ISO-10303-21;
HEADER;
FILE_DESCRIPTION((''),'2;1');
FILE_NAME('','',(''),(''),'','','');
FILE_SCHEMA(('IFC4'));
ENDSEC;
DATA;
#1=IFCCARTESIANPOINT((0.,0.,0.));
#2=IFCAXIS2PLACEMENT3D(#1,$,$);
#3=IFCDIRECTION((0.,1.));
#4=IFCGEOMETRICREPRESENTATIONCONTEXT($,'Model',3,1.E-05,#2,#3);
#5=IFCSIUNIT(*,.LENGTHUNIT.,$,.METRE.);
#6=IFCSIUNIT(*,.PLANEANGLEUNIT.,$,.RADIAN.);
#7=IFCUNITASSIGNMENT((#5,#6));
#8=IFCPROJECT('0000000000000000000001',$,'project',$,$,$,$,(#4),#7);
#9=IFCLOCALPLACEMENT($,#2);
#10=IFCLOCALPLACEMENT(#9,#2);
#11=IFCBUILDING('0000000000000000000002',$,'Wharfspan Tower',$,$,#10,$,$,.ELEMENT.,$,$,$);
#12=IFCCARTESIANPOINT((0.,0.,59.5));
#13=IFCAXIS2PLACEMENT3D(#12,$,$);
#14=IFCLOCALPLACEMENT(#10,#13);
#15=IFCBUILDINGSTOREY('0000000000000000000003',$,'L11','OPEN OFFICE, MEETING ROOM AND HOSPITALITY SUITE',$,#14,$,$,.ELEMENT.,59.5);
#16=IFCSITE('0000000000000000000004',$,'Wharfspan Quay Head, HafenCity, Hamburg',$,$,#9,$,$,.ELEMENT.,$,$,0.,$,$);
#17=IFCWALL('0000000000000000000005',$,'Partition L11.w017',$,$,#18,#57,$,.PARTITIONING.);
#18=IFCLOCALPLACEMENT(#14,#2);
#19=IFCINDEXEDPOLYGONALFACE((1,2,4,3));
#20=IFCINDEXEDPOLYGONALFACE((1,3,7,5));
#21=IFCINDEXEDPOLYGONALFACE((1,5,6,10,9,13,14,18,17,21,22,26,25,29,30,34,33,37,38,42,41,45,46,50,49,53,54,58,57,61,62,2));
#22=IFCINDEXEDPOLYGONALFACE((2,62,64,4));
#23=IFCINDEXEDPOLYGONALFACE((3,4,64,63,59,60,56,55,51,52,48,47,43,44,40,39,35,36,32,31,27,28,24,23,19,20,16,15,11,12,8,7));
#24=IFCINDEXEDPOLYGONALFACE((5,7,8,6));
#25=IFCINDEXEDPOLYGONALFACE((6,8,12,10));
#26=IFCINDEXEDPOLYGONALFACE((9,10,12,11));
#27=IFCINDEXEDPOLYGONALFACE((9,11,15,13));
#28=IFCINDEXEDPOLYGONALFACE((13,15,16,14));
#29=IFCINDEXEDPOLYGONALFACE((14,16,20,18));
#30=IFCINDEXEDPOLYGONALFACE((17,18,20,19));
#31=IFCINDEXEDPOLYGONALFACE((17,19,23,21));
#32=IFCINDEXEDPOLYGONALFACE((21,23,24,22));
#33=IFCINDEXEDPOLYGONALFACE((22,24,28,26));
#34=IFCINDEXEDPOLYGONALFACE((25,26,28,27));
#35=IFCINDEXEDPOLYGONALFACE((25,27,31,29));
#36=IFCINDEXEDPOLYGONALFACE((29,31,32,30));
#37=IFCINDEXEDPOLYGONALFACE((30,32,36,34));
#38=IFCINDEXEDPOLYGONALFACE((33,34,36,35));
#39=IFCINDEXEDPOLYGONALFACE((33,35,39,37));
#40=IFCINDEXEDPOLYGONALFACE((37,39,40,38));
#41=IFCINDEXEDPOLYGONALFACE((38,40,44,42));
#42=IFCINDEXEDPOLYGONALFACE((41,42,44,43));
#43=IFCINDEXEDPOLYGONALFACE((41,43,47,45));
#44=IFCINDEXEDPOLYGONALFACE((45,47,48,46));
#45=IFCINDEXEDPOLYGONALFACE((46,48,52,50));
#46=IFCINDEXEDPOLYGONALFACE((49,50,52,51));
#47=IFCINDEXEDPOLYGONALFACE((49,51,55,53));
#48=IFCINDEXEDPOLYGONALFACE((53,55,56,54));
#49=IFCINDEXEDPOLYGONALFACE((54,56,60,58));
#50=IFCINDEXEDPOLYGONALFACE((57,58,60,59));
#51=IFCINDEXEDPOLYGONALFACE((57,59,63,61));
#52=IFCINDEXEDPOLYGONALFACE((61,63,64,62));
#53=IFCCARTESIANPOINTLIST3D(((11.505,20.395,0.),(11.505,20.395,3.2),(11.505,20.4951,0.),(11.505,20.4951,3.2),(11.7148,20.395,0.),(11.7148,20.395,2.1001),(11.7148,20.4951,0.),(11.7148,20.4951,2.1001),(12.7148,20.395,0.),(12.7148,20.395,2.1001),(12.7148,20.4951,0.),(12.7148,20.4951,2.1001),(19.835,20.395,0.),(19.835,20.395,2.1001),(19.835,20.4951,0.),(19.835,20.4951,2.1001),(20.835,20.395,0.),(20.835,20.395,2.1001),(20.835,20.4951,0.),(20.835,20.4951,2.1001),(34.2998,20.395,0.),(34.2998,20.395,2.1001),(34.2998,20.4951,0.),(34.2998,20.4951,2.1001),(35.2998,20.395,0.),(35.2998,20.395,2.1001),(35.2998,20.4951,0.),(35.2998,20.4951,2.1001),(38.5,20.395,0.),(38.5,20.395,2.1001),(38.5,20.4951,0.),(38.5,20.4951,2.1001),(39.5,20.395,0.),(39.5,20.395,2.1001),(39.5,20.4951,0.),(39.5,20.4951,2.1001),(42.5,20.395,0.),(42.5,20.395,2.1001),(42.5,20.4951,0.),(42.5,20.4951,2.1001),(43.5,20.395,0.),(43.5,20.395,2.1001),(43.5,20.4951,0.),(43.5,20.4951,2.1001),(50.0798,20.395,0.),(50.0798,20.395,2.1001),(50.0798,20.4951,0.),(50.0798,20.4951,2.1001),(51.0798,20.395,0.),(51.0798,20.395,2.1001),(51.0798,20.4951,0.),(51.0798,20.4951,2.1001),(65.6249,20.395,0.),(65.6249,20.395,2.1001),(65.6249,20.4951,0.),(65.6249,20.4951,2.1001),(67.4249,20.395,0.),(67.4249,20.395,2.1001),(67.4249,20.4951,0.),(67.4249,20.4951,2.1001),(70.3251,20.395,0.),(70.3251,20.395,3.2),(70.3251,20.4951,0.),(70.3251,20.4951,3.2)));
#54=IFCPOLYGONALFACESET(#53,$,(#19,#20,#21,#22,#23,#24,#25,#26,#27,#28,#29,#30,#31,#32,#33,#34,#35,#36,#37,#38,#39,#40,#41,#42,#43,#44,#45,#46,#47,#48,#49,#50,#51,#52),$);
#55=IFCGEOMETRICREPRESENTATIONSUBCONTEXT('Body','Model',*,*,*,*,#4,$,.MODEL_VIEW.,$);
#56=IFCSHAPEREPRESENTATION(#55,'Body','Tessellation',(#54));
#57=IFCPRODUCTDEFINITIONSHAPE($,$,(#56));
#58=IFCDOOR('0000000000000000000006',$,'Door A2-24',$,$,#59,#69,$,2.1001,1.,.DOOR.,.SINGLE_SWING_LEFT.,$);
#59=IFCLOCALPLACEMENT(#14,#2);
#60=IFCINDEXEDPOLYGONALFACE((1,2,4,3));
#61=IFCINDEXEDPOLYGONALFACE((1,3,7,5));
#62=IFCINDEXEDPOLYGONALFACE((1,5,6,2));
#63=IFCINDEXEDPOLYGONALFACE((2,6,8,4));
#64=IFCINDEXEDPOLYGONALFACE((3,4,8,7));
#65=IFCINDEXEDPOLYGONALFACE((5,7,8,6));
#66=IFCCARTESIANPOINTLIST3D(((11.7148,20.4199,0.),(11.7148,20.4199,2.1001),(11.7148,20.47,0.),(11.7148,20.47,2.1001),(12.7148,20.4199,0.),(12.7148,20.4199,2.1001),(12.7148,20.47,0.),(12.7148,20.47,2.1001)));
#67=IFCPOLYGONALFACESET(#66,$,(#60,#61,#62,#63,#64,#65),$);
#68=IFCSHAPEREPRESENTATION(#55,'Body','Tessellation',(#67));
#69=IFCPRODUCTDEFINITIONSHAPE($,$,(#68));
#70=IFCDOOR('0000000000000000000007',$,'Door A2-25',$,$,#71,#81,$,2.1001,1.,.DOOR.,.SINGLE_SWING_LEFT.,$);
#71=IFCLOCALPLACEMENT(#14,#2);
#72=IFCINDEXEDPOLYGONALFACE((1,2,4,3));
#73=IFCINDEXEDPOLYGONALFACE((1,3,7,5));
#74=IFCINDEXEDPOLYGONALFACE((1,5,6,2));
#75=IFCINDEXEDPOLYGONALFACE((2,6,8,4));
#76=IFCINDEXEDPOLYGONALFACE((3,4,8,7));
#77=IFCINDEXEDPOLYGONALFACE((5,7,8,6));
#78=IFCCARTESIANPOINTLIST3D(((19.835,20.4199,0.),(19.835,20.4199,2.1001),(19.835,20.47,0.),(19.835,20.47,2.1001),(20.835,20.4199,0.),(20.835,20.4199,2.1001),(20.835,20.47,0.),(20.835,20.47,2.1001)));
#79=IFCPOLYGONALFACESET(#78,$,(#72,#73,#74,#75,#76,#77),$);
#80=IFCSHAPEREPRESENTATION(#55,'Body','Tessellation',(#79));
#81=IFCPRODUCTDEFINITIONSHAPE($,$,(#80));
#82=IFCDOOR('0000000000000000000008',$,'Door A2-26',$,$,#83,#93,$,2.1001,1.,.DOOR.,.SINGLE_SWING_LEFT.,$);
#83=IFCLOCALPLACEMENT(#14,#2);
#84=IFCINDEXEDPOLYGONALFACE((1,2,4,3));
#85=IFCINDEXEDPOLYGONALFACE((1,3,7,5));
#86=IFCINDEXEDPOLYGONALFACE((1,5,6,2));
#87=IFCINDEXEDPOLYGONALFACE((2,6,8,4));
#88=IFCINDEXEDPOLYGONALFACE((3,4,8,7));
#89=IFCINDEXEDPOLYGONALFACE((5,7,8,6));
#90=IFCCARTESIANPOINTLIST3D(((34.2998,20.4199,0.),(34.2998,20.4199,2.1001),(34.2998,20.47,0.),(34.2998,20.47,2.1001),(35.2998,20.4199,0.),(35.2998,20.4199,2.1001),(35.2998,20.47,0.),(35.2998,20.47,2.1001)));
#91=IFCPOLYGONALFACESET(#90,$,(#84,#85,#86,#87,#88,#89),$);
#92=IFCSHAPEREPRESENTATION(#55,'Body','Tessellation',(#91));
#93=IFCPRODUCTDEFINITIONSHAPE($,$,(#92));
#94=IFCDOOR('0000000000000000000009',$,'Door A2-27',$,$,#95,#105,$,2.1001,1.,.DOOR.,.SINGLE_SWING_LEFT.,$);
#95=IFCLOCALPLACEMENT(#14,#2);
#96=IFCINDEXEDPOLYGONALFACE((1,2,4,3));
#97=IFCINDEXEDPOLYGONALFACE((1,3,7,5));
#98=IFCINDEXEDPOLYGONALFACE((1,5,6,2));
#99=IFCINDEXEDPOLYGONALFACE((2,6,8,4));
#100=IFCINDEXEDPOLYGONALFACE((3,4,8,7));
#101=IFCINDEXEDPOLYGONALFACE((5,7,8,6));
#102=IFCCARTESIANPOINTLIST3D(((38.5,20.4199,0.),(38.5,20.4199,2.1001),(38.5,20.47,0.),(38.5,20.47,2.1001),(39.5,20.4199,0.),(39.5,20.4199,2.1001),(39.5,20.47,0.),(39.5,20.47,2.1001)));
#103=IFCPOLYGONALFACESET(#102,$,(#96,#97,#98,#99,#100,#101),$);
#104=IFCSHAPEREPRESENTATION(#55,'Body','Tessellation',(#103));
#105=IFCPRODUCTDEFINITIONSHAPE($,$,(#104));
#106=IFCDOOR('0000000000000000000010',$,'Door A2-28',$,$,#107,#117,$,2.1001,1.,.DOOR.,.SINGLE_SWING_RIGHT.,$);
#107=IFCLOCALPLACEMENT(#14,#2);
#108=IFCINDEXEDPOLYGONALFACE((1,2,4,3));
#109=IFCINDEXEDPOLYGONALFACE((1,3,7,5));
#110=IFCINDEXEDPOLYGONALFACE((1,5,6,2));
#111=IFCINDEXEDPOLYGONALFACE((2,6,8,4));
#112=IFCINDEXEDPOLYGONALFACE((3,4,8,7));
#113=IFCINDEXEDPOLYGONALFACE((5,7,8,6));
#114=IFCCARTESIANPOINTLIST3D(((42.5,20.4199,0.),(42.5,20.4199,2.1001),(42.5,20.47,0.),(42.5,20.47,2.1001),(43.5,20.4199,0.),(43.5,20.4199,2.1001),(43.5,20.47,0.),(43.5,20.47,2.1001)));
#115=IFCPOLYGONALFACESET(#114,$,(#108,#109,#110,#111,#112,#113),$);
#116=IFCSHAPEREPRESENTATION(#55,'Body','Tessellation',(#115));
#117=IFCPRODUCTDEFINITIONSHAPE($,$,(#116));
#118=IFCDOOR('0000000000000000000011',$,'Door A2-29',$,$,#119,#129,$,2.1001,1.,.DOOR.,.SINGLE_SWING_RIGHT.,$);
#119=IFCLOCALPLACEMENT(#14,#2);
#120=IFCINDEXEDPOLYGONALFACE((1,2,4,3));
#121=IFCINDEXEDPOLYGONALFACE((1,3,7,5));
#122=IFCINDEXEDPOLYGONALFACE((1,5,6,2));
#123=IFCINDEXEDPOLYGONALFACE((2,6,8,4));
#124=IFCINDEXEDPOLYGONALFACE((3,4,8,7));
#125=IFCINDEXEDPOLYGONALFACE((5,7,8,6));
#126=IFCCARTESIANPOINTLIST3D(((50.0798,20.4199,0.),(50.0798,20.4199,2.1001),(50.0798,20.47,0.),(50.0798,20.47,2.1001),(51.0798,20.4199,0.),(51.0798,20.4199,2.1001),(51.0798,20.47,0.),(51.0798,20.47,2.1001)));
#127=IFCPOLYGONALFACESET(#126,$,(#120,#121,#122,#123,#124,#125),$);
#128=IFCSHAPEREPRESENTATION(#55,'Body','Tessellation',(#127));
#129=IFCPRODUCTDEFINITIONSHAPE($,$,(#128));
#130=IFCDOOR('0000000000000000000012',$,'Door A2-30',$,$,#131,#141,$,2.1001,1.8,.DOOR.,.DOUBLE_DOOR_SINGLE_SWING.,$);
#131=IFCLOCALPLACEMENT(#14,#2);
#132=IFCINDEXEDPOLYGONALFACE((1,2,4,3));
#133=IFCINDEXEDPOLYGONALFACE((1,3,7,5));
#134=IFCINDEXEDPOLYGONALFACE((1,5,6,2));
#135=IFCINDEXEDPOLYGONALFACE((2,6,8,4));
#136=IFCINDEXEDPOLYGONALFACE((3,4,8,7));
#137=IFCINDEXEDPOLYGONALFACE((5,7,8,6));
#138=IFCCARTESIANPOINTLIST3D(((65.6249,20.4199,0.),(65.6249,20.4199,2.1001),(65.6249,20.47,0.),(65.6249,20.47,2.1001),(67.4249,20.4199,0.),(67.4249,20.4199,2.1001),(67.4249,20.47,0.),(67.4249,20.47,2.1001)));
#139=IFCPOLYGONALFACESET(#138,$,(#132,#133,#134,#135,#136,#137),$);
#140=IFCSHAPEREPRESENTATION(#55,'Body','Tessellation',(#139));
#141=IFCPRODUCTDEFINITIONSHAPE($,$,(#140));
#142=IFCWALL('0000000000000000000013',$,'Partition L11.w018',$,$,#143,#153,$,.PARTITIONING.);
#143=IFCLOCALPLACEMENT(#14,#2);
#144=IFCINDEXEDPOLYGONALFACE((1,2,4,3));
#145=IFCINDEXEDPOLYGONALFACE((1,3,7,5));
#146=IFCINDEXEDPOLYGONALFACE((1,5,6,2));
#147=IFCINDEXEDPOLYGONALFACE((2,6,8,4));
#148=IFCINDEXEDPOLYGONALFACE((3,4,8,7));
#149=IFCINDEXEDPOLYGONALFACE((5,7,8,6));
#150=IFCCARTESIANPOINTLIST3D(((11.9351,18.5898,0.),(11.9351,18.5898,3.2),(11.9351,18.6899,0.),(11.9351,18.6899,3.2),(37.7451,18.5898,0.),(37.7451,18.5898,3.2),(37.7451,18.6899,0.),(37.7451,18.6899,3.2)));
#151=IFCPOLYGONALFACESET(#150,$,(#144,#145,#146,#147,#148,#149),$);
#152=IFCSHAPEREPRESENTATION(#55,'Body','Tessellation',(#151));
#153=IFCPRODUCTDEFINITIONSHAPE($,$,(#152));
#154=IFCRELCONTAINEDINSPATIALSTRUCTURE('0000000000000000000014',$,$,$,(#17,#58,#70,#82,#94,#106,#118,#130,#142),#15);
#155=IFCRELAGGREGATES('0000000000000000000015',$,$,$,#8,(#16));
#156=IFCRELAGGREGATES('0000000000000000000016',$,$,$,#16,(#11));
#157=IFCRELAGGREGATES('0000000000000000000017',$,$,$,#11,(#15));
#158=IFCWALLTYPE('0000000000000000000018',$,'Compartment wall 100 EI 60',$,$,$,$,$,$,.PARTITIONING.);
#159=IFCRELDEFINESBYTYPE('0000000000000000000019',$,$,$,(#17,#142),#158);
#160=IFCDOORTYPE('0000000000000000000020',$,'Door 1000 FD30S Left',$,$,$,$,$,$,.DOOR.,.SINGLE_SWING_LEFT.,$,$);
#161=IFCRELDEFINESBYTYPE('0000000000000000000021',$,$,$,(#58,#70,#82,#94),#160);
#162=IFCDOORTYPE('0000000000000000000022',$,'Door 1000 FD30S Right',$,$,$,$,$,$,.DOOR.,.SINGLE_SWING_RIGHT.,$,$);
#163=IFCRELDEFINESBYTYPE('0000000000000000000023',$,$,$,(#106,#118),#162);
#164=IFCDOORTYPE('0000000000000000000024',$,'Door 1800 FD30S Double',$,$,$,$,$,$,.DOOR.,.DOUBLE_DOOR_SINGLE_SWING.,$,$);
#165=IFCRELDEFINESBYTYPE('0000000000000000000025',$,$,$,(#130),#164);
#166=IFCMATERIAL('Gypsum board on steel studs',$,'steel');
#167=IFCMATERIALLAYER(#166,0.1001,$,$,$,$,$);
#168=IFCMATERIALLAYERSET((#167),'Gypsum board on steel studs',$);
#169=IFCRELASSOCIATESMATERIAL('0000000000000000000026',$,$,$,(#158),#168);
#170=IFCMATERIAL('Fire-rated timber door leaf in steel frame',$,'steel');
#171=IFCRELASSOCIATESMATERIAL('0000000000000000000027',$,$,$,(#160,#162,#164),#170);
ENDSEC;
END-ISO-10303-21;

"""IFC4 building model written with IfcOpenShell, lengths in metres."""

from ifc_helpers import new_model, si_unit, direction, frame, frame_2d, origin, place, context, subcontext, project, spatial, rectangle, extrude, material, layer, layer_set, type_object, element, fill, save


model = new_model("IFC4")

# Units and contexts
model_context = context("Model", 3, precision=1e-05, world=origin(), true_north=direction((0.0, 1.0)))
body_context = subcontext(model_context, "Body", "Model", "MODEL_VIEW")
ifc_project = project(units=[si_unit("LENGTHUNIT", "METRE"), si_unit("PLANEANGLEUNIT", "RADIAN")], contexts=[model_context])

# Site, building, storey
site_placement = place(None, origin())
site = spatial("IfcSite", under=ifc_project, at=site_placement, Name="Wharfspan Quay Head, HafenCity, Hamburg", CompositionType="ELEMENT", RefElevation=0.0)
building_placement = place(site_placement, origin())
building = spatial("IfcBuilding", under=site, at=building_placement, Name="Wharfspan Tower", CompositionType="ELEMENT")
storey_placement = place(building_placement, frame((0.0, 0.0, 59.5)))
storey = spatial("IfcBuildingStorey", under=building, at=storey_placement, Name="L11", Description="OPEN OFFICE, MEETING ROOM AND HOSPITALITY SUITE", CompositionType="ELEMENT", Elevation=59.5)

# Shared definitions
ifc_material_1 = material(Name="Gypsum board on steel studs", Category="steel")
ifc_layer = layer(ifc_material_1, 0.1001)
ifc_layer_set = layer_set([ifc_layer], Name="Gypsum board on steel studs")
wall_type = type_object("IfcWallType", Name="Compartment wall 100 EI 60", PredefinedType="PARTITIONING", material=ifc_layer_set)

# Wall, openings, doors
wall_1_placement = place(storey_placement, frame((11.5049, 20.4451, 0.0), z_axis=(0.0, 0.0, 1.0), x_axis=(1.0, 0.0, 0.0)))
wall_1 = element("IfcWall", 1, at=wall_1_placement, inside=storey, type_object=wall_type, Name="Partition L11.w017", PredefinedType="PARTITIONING", context=body_context, shape_type="SweptSolid", body=[
    extrude(rectangle(XDim=58.8201, YDim=0.1001, at=frame_2d((29.4102, 0.0))), origin(), (0.0, 0.0, 1.0), 3.2),
])
opening_1_placement = place(wall_1_placement, frame((0.21, 0.0, 0.0)))
opening_1 = element("IfcOpeningElement", 2, at=opening_1_placement, cuts=wall_1, PredefinedType="OPENING", context=body_context, shape_type="SweptSolid", body=[
    extrude(rectangle(XDim=1.0, YDim=2.1001, at=frame_2d((0.5, 1.05))), frame((0.0, 0.0601, 0.0), z_axis=(0.0, -1.0, 0.0), x_axis=(1.0, 0.0, 0.0)), (0.0, 0.0, 1.0), 0.1201),
])
opening_2_placement = place(wall_1_placement, frame((8.3301, 0.0, 0.0)))
opening_2 = element("IfcOpeningElement", 3, at=opening_2_placement, cuts=wall_1, PredefinedType="OPENING", context=body_context, shape_type="SweptSolid", body=[
    extrude(rectangle(XDim=1.0, YDim=2.1001, at=frame_2d((0.5, 1.05))), frame((0.0, 0.0601, 0.0), z_axis=(0.0, -1.0, 0.0), x_axis=(1.0, 0.0, 0.0)), (0.0, 0.0, 1.0), 0.1201),
])
opening_3_placement = place(wall_1_placement, frame((22.7949, 0.0, 0.0)))
opening_3 = element("IfcOpeningElement", 4, at=opening_3_placement, cuts=wall_1, PredefinedType="OPENING", context=body_context, shape_type="SweptSolid", body=[
    extrude(rectangle(XDim=1.0, YDim=2.1001, at=frame_2d((0.5, 1.05))), frame((0.0, 0.0601, 0.0), z_axis=(0.0, -1.0, 0.0), x_axis=(1.0, 0.0, 0.0)), (0.0, 0.0, 1.0), 0.1201),
])
opening_4_placement = place(wall_1_placement, frame((26.9951, 0.0, 0.0)))
opening_4 = element("IfcOpeningElement", 5, at=opening_4_placement, cuts=wall_1, PredefinedType="OPENING", context=body_context, shape_type="SweptSolid", body=[
    extrude(rectangle(XDim=1.0, YDim=2.1001, at=frame_2d((0.5, 1.05))), frame((0.0, 0.0601, 0.0), z_axis=(0.0, -1.0, 0.0), x_axis=(1.0, 0.0, 0.0)), (0.0, 0.0, 1.0), 0.1201),
])
opening_5_placement = place(wall_1_placement, frame((30.9951, 0.0, 0.0)))
opening_5 = element("IfcOpeningElement", 6, at=opening_5_placement, cuts=wall_1, PredefinedType="OPENING", context=body_context, shape_type="SweptSolid", body=[
    extrude(rectangle(XDim=1.0, YDim=2.1001, at=frame_2d((0.5, 1.05))), frame((0.0, 0.0601, 0.0), z_axis=(0.0, -1.0, 0.0), x_axis=(1.0, 0.0, 0.0)), (0.0, 0.0, 1.0), 0.1201),
])
opening_6_placement = place(wall_1_placement, frame((38.575, 0.0, 0.0)))
opening_6 = element("IfcOpeningElement", 7, at=opening_6_placement, cuts=wall_1, PredefinedType="OPENING", context=body_context, shape_type="SweptSolid", body=[
    extrude(rectangle(XDim=1.0, YDim=2.1001, at=frame_2d((0.5, 1.05))), frame((0.0, 0.0601, 0.0), z_axis=(0.0, -1.0, 0.0), x_axis=(1.0, 0.0, 0.0)), (0.0, 0.0, 1.0), 0.1201),
])
opening_7_placement = place(wall_1_placement, frame((54.1201, 0.0, 0.0)))
opening_7 = element("IfcOpeningElement", 8, at=opening_7_placement, cuts=wall_1, PredefinedType="OPENING", context=body_context, shape_type="SweptSolid", body=[
    extrude(rectangle(XDim=1.8, YDim=2.1001, at=frame_2d((0.8999, 1.05))), frame((0.0, 0.0601, 0.0), z_axis=(0.0, -1.0, 0.0), x_axis=(1.0, 0.0, 0.0)), (0.0, 0.0, 1.0), 0.1201),
])
ifc_material_2 = material(Name="Fire-rated timber door leaf in steel frame", Category="steel")
door_type_1 = type_object("IfcDoorType", Name="Door 1000 FD30S Left", OperationType="SINGLE_SWING_LEFT", PredefinedType="DOOR", material=ifc_material_2)
door_1_placement = place(opening_1_placement, origin())
door_1 = element("IfcDoor", 9, at=door_1_placement, inside=storey, type_object=door_type_1, Name="Door A2-24", OperationType="SINGLE_SWING_LEFT", OverallHeight=2.1001, OverallWidth=1.0, PredefinedType="DOOR", context=body_context, shape_type="SweptSolid", body=[
    extrude(rectangle(XDim=1.0, YDim=2.1001, at=frame_2d((0.5, 1.05))), frame((0.0, 0.0249, 0.0), z_axis=(0.0, -1.0, 0.0), x_axis=(1.0, 0.0, 0.0)), (0.0, 0.0, 1.0), 0.05),
])
fill(opening_1, door_1)
door_2_placement = place(opening_2_placement, origin())
door_2 = element("IfcDoor", 10, at=door_2_placement, inside=storey, type_object=door_type_1, Name="Door A2-25", OperationType="SINGLE_SWING_LEFT", OverallHeight=2.1001, OverallWidth=1.0, PredefinedType="DOOR", context=body_context, shape_type="SweptSolid", body=[
    extrude(rectangle(XDim=1.0, YDim=2.1001, at=frame_2d((0.5, 1.05))), frame((0.0, 0.0249, 0.0), z_axis=(0.0, -1.0, 0.0), x_axis=(1.0, 0.0, 0.0)), (0.0, 0.0, 1.0), 0.05),
])
fill(opening_2, door_2)
door_3_placement = place(opening_3_placement, origin())
door_3 = element("IfcDoor", 11, at=door_3_placement, inside=storey, type_object=door_type_1, Name="Door A2-26", OperationType="SINGLE_SWING_LEFT", OverallHeight=2.1001, OverallWidth=1.0, PredefinedType="DOOR", context=body_context, shape_type="SweptSolid", body=[
    extrude(rectangle(XDim=1.0, YDim=2.1001, at=frame_2d((0.5, 1.05))), frame((0.0, 0.0249, 0.0), z_axis=(0.0, -1.0, 0.0), x_axis=(1.0, 0.0, 0.0)), (0.0, 0.0, 1.0), 0.05),
])
fill(opening_3, door_3)
door_4_placement = place(opening_4_placement, origin())
door_4 = element("IfcDoor", 12, at=door_4_placement, inside=storey, type_object=door_type_1, Name="Door A2-27", OperationType="SINGLE_SWING_LEFT", OverallHeight=2.1001, OverallWidth=1.0, PredefinedType="DOOR", context=body_context, shape_type="SweptSolid", body=[
    extrude(rectangle(XDim=1.0, YDim=2.1001, at=frame_2d((0.5, 1.05))), frame((0.0, 0.0249, 0.0), z_axis=(0.0, -1.0, 0.0), x_axis=(1.0, 0.0, 0.0)), (0.0, 0.0, 1.0), 0.05),
])
fill(opening_4, door_4)
door_type_2 = type_object("IfcDoorType", Name="Door 1000 FD30S Right", OperationType="SINGLE_SWING_RIGHT", PredefinedType="DOOR", material=ifc_material_2)
door_5_placement = place(opening_5_placement, origin())
door_5 = element("IfcDoor", 13, at=door_5_placement, inside=storey, type_object=door_type_2, Name="Door A2-28", OperationType="SINGLE_SWING_RIGHT", OverallHeight=2.1001, OverallWidth=1.0, PredefinedType="DOOR", context=body_context, shape_type="SweptSolid", body=[
    extrude(rectangle(XDim=1.0, YDim=2.1001, at=frame_2d((0.5, 1.05))), frame((0.0, 0.0249, 0.0), z_axis=(0.0, -1.0, 0.0), x_axis=(1.0, 0.0, 0.0)), (0.0, 0.0, 1.0), 0.05),
])
fill(opening_5, door_5)
door_6_placement = place(opening_6_placement, origin())
door_6 = element("IfcDoor", 14, at=door_6_placement, inside=storey, type_object=door_type_2, Name="Door A2-29", OperationType="SINGLE_SWING_RIGHT", OverallHeight=2.1001, OverallWidth=1.0, PredefinedType="DOOR", context=body_context, shape_type="SweptSolid", body=[
    extrude(rectangle(XDim=1.0, YDim=2.1001, at=frame_2d((0.5, 1.05))), frame((0.0, 0.0249, 0.0), z_axis=(0.0, -1.0, 0.0), x_axis=(1.0, 0.0, 0.0)), (0.0, 0.0, 1.0), 0.05),
])
fill(opening_6, door_6)
door_type_3 = type_object("IfcDoorType", Name="Door 1800 FD30S Double", OperationType="DOUBLE_DOOR_SINGLE_SWING", PredefinedType="DOOR", material=ifc_material_2)
door_7_placement = place(opening_7_placement, origin())
door_7 = element("IfcDoor", 15, at=door_7_placement, inside=storey, type_object=door_type_3, Name="Door A2-30", OperationType="DOUBLE_DOOR_SINGLE_SWING", OverallHeight=2.1001, OverallWidth=1.8, PredefinedType="DOOR", context=body_context, shape_type="SweptSolid", body=[
    extrude(rectangle(XDim=1.8, YDim=2.1001, at=frame_2d((0.8999, 1.05))), frame((0.0, 0.0249, 0.0), z_axis=(0.0, -1.0, 0.0), x_axis=(1.0, 0.0, 0.0)), (0.0, 0.0, 1.0), 0.05),
])
fill(opening_7, door_7)

# Wall
wall_2_placement = place(storey_placement, frame((11.9351, 18.6399, 0.0), z_axis=(0.0, 0.0, 1.0), x_axis=(1.0, 0.0, 0.0)))
element("IfcWall", 16, at=wall_2_placement, inside=storey, type_object=wall_type, Name="Partition L11.w018", PredefinedType="PARTITIONING", context=body_context, shape_type="SweptSolid", body=[
    extrude(rectangle(XDim=25.8101, YDim=0.1001, at=frame_2d((12.905, 0.0))), origin(), (0.0, 0.0, 1.0), 3.2),
])

save(model, "model.ifc")
